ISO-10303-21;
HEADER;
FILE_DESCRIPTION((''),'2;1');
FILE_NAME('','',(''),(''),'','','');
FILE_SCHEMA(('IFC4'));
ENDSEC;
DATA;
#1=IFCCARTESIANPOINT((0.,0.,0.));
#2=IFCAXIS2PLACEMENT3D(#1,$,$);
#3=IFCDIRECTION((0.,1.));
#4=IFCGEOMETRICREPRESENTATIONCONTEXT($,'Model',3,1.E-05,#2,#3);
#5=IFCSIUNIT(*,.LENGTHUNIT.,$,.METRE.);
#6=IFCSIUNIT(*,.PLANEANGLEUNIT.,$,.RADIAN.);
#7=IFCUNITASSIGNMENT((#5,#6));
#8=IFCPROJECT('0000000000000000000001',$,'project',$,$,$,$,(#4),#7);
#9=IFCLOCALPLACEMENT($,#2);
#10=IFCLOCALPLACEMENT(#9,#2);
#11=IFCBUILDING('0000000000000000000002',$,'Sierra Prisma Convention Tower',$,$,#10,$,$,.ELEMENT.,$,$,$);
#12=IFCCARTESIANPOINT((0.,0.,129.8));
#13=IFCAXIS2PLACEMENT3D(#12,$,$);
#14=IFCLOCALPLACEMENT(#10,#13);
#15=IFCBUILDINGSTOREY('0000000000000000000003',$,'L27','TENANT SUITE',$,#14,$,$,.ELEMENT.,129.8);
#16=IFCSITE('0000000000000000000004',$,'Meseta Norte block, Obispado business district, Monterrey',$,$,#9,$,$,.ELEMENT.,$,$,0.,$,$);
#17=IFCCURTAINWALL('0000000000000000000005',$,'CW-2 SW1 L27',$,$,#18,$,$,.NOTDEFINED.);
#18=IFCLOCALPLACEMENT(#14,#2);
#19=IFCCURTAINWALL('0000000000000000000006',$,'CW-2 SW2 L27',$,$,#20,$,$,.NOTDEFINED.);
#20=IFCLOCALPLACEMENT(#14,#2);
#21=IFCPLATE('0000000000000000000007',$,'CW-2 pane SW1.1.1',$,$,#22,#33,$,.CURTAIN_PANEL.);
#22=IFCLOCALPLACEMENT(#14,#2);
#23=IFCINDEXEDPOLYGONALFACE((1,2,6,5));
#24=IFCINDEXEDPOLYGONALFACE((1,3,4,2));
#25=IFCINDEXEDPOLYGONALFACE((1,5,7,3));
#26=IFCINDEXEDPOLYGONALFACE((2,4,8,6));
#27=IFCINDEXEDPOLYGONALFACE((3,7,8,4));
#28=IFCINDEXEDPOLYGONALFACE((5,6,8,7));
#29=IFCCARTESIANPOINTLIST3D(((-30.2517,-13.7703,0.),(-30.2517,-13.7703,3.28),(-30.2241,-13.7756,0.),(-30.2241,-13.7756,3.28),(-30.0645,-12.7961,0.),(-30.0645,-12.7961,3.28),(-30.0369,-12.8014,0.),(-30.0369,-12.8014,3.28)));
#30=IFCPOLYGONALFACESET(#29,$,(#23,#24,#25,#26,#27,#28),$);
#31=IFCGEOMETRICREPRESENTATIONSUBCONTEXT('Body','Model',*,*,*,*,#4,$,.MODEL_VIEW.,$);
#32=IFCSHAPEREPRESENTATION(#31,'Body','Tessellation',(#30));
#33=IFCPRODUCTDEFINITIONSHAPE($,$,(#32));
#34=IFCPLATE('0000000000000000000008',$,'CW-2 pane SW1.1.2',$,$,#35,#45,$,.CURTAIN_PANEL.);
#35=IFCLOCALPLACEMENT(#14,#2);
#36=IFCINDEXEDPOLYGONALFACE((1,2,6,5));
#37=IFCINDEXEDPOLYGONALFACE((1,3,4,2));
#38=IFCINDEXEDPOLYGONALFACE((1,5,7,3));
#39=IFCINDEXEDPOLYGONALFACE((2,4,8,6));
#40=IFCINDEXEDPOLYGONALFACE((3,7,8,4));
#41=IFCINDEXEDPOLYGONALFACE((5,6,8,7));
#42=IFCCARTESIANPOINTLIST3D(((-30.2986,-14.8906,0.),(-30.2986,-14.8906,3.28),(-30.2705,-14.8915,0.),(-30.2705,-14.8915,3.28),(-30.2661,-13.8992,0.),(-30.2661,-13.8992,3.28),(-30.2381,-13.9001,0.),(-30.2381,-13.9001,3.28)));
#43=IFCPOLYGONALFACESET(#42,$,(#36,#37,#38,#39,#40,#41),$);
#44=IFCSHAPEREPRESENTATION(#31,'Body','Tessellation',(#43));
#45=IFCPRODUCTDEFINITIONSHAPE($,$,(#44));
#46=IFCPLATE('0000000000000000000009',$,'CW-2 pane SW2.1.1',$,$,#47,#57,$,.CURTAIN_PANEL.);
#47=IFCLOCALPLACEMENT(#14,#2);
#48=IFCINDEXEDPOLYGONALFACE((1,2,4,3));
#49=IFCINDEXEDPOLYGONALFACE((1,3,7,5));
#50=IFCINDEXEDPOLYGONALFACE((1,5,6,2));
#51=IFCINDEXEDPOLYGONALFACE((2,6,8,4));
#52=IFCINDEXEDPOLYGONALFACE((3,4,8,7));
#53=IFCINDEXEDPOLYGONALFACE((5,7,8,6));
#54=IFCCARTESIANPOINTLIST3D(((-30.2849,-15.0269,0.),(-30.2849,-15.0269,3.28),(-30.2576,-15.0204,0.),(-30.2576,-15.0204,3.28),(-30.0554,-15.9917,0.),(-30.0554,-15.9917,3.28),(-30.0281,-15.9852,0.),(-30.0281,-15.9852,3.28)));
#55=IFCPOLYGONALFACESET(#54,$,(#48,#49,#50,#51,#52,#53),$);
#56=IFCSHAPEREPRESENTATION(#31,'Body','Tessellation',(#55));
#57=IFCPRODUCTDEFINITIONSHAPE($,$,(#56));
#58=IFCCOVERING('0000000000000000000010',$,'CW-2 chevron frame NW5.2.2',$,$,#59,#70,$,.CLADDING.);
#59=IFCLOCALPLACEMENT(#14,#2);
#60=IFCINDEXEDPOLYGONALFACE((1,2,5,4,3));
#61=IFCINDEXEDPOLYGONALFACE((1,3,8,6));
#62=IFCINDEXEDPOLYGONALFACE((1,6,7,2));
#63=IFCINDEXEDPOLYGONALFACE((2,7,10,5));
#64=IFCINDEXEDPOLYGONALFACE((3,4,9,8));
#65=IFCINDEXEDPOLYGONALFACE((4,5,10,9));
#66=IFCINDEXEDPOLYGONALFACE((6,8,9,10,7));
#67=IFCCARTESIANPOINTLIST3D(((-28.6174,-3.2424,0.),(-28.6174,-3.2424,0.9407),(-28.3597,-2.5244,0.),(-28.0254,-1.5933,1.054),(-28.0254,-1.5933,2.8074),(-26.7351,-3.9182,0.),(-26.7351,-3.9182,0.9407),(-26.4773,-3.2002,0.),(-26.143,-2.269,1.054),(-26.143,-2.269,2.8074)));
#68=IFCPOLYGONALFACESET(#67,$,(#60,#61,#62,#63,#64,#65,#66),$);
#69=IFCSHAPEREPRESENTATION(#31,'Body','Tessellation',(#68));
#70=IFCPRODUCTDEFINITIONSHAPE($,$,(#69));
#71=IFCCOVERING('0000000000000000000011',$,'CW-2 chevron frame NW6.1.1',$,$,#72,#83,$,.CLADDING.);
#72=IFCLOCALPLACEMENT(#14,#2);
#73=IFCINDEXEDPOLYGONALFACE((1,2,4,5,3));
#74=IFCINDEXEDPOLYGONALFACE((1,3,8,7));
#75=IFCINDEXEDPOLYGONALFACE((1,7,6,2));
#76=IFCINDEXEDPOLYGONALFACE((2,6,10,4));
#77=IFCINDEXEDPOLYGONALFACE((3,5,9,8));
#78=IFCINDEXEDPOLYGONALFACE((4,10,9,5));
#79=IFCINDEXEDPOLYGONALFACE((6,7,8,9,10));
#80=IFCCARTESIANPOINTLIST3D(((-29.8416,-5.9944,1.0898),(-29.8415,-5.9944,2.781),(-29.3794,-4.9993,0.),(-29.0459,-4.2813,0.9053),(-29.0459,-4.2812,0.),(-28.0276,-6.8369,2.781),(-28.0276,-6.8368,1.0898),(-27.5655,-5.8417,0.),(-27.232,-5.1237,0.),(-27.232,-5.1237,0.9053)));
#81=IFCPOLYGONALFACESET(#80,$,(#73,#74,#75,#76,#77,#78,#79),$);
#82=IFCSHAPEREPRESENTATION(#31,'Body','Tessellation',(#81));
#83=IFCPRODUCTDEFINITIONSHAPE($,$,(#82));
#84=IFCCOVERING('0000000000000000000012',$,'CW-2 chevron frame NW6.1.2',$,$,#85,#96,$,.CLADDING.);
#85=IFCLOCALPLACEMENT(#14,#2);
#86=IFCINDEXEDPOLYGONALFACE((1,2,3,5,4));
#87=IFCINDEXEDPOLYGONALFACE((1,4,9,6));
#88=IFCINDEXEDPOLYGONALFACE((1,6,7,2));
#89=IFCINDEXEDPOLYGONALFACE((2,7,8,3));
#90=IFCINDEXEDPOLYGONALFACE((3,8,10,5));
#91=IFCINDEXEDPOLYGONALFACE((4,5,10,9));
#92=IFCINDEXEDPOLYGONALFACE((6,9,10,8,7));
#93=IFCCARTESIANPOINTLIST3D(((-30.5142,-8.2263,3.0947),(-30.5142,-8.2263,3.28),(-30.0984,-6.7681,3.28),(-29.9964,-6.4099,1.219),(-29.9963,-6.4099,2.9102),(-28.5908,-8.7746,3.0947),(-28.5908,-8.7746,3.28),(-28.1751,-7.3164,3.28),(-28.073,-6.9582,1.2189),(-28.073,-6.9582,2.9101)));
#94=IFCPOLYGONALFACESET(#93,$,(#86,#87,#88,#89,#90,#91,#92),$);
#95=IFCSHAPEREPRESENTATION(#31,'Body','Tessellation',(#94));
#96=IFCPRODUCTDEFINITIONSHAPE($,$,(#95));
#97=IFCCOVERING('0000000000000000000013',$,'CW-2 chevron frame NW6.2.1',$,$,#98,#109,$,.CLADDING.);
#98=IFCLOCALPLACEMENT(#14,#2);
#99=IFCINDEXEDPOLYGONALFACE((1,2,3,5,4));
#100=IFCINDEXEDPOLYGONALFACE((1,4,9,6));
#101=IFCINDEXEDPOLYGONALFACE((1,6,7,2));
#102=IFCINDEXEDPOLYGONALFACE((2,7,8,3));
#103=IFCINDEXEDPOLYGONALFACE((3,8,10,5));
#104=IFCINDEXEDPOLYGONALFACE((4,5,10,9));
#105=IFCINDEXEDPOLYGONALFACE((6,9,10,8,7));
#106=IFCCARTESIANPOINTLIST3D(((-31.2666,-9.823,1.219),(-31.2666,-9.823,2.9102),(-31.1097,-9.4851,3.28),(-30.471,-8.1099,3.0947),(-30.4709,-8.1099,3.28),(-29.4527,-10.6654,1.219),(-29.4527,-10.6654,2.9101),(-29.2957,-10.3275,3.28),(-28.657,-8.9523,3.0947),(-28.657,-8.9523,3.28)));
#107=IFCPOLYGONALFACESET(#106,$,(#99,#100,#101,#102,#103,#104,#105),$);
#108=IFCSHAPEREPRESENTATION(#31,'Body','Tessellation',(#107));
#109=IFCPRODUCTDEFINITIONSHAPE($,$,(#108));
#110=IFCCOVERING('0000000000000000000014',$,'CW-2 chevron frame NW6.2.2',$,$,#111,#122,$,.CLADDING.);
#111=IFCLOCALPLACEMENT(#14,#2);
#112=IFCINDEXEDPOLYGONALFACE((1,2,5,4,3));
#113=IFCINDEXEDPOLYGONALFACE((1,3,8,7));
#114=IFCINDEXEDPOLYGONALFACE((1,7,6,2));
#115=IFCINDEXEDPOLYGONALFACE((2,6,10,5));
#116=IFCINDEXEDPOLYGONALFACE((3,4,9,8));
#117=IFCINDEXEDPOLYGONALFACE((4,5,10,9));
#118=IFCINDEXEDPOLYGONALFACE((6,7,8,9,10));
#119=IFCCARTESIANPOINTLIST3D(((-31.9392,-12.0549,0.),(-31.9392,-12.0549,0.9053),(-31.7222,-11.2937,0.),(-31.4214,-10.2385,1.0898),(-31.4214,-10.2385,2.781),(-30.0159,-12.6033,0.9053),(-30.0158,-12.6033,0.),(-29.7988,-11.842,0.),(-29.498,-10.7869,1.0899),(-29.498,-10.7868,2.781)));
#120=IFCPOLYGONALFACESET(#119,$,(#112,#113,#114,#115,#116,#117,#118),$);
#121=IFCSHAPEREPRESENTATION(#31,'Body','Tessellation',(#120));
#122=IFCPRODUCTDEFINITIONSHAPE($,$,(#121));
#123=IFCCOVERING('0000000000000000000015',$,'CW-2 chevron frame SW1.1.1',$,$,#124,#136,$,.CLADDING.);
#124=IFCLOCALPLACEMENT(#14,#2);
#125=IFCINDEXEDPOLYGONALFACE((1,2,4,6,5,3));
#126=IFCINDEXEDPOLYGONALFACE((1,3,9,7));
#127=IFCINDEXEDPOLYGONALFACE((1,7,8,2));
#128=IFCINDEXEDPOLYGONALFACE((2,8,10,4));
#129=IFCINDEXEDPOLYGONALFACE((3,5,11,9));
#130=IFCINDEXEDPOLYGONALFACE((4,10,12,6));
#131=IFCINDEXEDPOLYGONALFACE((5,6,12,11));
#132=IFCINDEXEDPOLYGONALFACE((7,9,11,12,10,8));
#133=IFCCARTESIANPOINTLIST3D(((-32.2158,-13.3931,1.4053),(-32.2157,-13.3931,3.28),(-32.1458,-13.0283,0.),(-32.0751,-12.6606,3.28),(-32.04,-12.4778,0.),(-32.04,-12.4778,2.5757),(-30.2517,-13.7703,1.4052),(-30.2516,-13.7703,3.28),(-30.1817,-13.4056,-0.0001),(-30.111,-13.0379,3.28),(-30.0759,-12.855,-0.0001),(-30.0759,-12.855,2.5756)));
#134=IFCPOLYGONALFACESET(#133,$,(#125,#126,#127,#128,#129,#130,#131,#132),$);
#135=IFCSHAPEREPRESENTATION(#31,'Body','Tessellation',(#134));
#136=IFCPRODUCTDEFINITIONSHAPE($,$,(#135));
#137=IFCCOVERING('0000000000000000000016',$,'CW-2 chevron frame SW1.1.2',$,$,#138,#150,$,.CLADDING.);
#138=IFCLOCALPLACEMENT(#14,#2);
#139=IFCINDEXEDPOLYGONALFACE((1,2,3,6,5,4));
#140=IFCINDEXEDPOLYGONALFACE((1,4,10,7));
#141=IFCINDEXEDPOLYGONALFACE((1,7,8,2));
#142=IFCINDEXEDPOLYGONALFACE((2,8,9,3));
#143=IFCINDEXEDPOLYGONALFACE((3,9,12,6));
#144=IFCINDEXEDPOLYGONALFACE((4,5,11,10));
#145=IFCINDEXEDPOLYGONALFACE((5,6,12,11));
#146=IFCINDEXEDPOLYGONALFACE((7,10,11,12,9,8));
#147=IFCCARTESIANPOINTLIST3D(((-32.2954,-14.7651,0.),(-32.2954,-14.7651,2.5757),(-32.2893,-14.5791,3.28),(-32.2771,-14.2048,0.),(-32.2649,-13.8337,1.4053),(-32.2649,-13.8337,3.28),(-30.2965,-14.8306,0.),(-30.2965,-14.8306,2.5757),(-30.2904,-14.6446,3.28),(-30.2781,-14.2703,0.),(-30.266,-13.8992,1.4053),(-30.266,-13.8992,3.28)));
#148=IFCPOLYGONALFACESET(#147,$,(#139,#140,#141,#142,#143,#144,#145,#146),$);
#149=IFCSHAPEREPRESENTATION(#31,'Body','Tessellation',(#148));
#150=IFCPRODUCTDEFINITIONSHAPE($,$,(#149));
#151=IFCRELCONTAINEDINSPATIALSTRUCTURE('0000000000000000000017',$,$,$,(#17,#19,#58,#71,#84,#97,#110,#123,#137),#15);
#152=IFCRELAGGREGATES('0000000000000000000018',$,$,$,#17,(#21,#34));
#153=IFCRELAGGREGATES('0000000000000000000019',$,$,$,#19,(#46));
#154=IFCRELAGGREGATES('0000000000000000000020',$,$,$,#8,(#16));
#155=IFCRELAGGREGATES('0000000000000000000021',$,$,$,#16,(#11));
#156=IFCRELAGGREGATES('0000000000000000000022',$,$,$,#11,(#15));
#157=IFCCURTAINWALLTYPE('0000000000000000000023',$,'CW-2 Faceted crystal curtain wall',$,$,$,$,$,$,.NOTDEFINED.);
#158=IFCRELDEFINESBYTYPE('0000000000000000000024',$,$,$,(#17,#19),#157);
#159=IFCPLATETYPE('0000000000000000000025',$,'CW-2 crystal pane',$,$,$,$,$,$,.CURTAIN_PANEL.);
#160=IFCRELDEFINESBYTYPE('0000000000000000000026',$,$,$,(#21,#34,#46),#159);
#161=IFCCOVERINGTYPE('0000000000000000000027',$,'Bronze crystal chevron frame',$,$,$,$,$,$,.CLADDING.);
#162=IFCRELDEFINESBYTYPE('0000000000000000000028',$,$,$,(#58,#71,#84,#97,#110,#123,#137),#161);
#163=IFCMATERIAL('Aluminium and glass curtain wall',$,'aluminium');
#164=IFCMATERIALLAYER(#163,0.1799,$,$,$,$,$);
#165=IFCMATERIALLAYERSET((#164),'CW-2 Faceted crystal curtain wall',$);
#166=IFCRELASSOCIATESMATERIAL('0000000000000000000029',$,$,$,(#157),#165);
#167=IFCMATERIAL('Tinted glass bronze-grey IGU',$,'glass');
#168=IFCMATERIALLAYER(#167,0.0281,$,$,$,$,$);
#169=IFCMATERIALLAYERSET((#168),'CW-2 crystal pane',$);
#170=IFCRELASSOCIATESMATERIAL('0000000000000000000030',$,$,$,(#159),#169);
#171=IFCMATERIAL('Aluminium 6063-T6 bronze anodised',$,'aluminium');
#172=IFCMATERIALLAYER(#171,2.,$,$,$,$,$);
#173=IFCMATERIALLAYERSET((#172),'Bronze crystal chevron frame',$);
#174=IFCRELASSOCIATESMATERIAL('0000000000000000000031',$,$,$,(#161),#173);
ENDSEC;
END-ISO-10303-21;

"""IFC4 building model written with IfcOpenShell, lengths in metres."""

from ifc_helpers import new_model, si_unit, direction, frame, origin, place, context, subcontext, project, spatial, polyline, outline, extrude, material, layer, layer_set, type_object, element, aggregate, save


model = new_model("IFC4")

# Units and contexts
model_context = context("Model", 3, precision=1e-05, world=origin(), true_north=direction((0.0, 1.0)))
body_context = subcontext(model_context, "Body", "Model", "MODEL_VIEW")
ifc_project = project(units=[si_unit("LENGTHUNIT", "METRE"), si_unit("PLANEANGLEUNIT", "RADIAN")], contexts=[model_context])

# Site, building, storey
site_placement = place(None, origin())
site = spatial("IfcSite", under=ifc_project, at=site_placement, Name="Meseta Norte block, Obispado business district, Monterrey", CompositionType="ELEMENT", RefElevation=0.0)
building_placement = place(site_placement, origin())
building = spatial("IfcBuilding", under=site, at=building_placement, Name="Sierra Prisma Convention Tower", CompositionType="ELEMENT")
storey_placement = place(building_placement, frame((0.0, 0.0, 129.8)))
storey = spatial("IfcBuildingStorey", under=building, at=storey_placement, Name="L27", Description="TENANT SUITE", CompositionType="ELEMENT", Elevation=129.8)

# Shared definitions
ifc_material_1 = material(Name="Aluminium and glass curtain wall", Category="aluminium")
ifc_layer_1 = layer(ifc_material_1, 0.1799)
ifc_layer_set_1 = layer_set([ifc_layer_1], Name="CW-2 Faceted crystal curtain wall")
curtain_wall_type = type_object("IfcCurtainWallType", Name="CW-2 Faceted crystal curtain wall", PredefinedType="NOTDEFINED", material=ifc_layer_set_1)

# Curtain wall
curtain_wall_1_placement = place(storey_placement, origin())
curtain_wall_1 = element("IfcCurtainWall", 1, at=curtain_wall_1_placement, inside=storey, type_object=curtain_wall_type, Name="CW-2 SW1 L27", PredefinedType="NOTDEFINED")

# Curtain wall
curtain_wall_2_placement = place(storey_placement, origin())
curtain_wall_2 = element("IfcCurtainWall", 2, at=curtain_wall_2_placement, inside=storey, type_object=curtain_wall_type, Name="CW-2 SW2 L27", PredefinedType="NOTDEFINED")

# Plates
ifc_material_2 = material(Name="Tinted glass bronze-grey IGU", Category="glass")
ifc_layer_2 = layer(ifc_material_2, 0.0281)
ifc_layer_set_2 = layer_set([ifc_layer_2], Name="CW-2 crystal pane")
plate_type = type_object("IfcPlateType", Name="CW-2 crystal pane", PredefinedType="CURTAIN_PANEL", material=ifc_layer_set_2)
plate_1_placement = place(storey_placement, frame((-30.0645, -12.7961, 0.0), z_axis=(-0.98202, 0.188774, 0.0), x_axis=(-0.188774, -0.98202, 0.0)))
plate_1 = element("IfcPlate", 3, at=plate_1_placement, type_object=plate_type, Name="CW-2 pane SW1.1.1", PredefinedType="CURTAIN_PANEL", context=body_context, shape_type="SweptSolid", body=[
    extrude(outline(polyline([(0.0, 0.0), (0.992, 0.0), (0.992, 3.28), (0.0, 3.28), (0.0, 0.0)])), origin(), (0.0, 0.0, -1.0), 0.0281),
])
plate_2_placement = place(storey_placement, frame((-30.2986, -14.8906, 0.0), z_axis=(-0.999464, 0.032733, 0.0), x_axis=(0.032733, 0.999464, 0.0)))
plate_2 = element("IfcPlate", 4, at=plate_2_placement, type_object=plate_type, Name="CW-2 pane SW1.1.2", PredefinedType="CURTAIN_PANEL", context=body_context, shape_type="SweptSolid", body=[
    extrude(outline(polyline([(0.0, 0.0), (0.992, 0.0), (0.992, -3.28), (0.0, -3.28), (0.0, 0.0)])), origin(), (0.0, 0.0, -1.0), 0.0281),
])
aggregate(curtain_wall_1, [plate_1, plate_2])
plate_3_placement = place(storey_placement, frame((-30.2849, -15.0269, 0.0), z_axis=(-0.972859, -0.231399, 0.0), x_axis=(0.231399, -0.972859, 0.0)))
plate_3 = element("IfcPlate", 5, at=plate_3_placement, type_object=plate_type, Name="CW-2 pane SW2.1.1", PredefinedType="CURTAIN_PANEL", context=body_context, shape_type="SweptSolid", body=[
    extrude(outline(polyline([(0.0, 0.0), (0.9918, 0.0), (0.9918, 3.28), (0.0, 3.28), (0.0, 0.0)])), origin(), (0.0, 0.0, -1.0), 0.0281),
])
aggregate(curtain_wall_2, [plate_3])

# Coverings
ifc_material_3 = material(Name="Aluminium 6063-T6 bronze anodised", Category="aluminium")
ifc_layer_3 = layer(ifc_material_3, 2.0)
ifc_layer_set_3 = layer_set([ifc_layer_3], Name="Bronze crystal chevron frame")
covering_type = type_object("IfcCoveringType", Name="Bronze crystal chevron frame", PredefinedType="CLADDING", material=ifc_layer_set_3)
covering_1_placement = place(storey_placement, frame((-28.6174, -3.2424, 0.0), z_axis=(-0.941186, 0.337889, -0.000015), x_axis=(-0.000014, 0.000005, 1.0)))
element("IfcCovering", 6, at=covering_1_placement, inside=storey, type_object=covering_type, Name="CW-2 chevron frame NW5.2.2", PredefinedType="CLADDING", context=body_context, shape_type="SweptSolid", body=[
    extrude(outline(polyline([(0.0, 0.0), (0.9407, 0.0), (2.8074, 1.7522), (1.054, 1.7522), (0.0, 0.7629), (0.0, 0.0)])), origin(), (0.0, 0.0, -1.0), 2.0),
])
covering_2_placement = place(storey_placement, frame((-29.0459, -4.2812, 0.0), z_axis=(-0.906953, 0.421232, 0.000005), x_axis=(-0.421232, -0.906953, 0.0)))
element("IfcCovering", 7, at=covering_2_placement, inside=storey, type_object=covering_type, Name="CW-2 chevron frame NW6.1.1", PredefinedType="CLADDING", context=body_context, shape_type="SweptSolid", body=[
    extrude(outline(polyline([(0.0, 0.0), (0.7917, 0.0), (1.8889, 1.0898), (1.8889, 2.781), (0.0, 0.9053), (0.0, 0.0)])), origin(), (0.0, 0.0, -1.0), 2.0),
])
covering_3_placement = place(storey_placement, frame((-29.9963, -6.4099, 2.9102), z_axis=(-0.961684, 0.274162, 0.000023), x_axis=(-0.000022, 0.000006, -1.0)))
element("IfcCovering", 8, at=covering_3_placement, inside=storey, type_object=covering_type, Name="CW-2 chevron frame NW6.1.2", PredefinedType="CLADDING", context=body_context, shape_type="SweptSolid", body=[
    extrude(outline(polyline([(0.0, 0.0), (1.6912, 0.0), (-0.1846, 1.8888), (-0.3699, 1.8888), (-0.3699, 0.3724), (0.0, 0.0)])), origin(), (0.0, 0.0, -1.0), 2.0),
])
covering_4_placement = place(storey_placement, frame((-30.4709, -8.1099, 3.28), z_axis=(-0.906956, 0.421225, 0.000021), x_axis=(-0.000019, 0.000009, -1.0)))
element("IfcCovering", 9, at=covering_4_placement, inside=storey, type_object=covering_type, Name="CW-2 chevron frame NW6.2.1", PredefinedType="CLADDING", context=body_context, shape_type="SweptSolid", body=[
    extrude(outline(polyline([(0.0, 0.0), (0.1853, 0.0), (2.061, 1.8889), (0.3699, 1.8889), (0.0, 1.5163), (0.0, 0.0)])), origin(), (0.0, 0.0, -1.0), 2.0),
])
covering_5_placement = place(storey_placement, frame((-31.9392, -12.0549, 0.0), z_axis=(-0.961683, 0.274163, -0.000009), x_axis=(-0.000009, 0.000002, 1.0)))
element("IfcCovering", 10, at=covering_5_placement, inside=storey, type_object=covering_type, Name="CW-2 chevron frame NW6.2.2", PredefinedType="CLADDING", context=body_context, shape_type="SweptSolid", body=[
    extrude(outline(polyline([(0.0, 0.0), (0.9053, 0.0), (2.781, 1.8888), (1.0898, 1.8888), (0.0, 0.7916), (0.0, 0.0)])), origin(), (0.0, 0.0, -1.0), 2.0),
])
covering_6_placement = place(storey_placement, frame((-32.04, -12.4778, 0.0), z_axis=(-0.982049, 0.188626, 0.000032), x_axis=(-0.188626, -0.982049, 0.0)))
element("IfcCovering", 11, at=covering_6_placement, inside=storey, type_object=covering_type, Name="CW-2 chevron frame SW1.1.1", PredefinedType="CLADDING", context=body_context, shape_type="SweptSolid", body=[
    extrude(outline(polyline([(0.0, 0.0), (0.5606, 0.0), (0.932, 1.4053), (0.932, 3.28), (0.1862, 3.28), (0.0, 2.5757), (0.0, 0.0)])), origin(), (0.0, 0.0, -1.0), 2.0),
])
covering_7_placement = place(storey_placement, frame((-32.2649, -13.8337, 3.28), z_axis=(-0.999464, 0.032734, 0.00001), x_axis=(-0.00001, 0.0, -1.0)))
element("IfcCovering", 12, at=covering_7_placement, inside=storey, type_object=covering_type, Name="CW-2 chevron frame SW1.1.2", PredefinedType="CLADDING", context=body_context, shape_type="SweptSolid", body=[
    extrude(outline(polyline([(0.0, 0.0), (1.8748, 0.0), (3.28, 0.3713), (3.28, 0.9319), (0.7043, 0.9319), (0.0, 0.7458), (0.0, 0.0)])), origin(), (0.0, 0.0, -1.0), 2.0),
])

save(model, "model.ifc")
